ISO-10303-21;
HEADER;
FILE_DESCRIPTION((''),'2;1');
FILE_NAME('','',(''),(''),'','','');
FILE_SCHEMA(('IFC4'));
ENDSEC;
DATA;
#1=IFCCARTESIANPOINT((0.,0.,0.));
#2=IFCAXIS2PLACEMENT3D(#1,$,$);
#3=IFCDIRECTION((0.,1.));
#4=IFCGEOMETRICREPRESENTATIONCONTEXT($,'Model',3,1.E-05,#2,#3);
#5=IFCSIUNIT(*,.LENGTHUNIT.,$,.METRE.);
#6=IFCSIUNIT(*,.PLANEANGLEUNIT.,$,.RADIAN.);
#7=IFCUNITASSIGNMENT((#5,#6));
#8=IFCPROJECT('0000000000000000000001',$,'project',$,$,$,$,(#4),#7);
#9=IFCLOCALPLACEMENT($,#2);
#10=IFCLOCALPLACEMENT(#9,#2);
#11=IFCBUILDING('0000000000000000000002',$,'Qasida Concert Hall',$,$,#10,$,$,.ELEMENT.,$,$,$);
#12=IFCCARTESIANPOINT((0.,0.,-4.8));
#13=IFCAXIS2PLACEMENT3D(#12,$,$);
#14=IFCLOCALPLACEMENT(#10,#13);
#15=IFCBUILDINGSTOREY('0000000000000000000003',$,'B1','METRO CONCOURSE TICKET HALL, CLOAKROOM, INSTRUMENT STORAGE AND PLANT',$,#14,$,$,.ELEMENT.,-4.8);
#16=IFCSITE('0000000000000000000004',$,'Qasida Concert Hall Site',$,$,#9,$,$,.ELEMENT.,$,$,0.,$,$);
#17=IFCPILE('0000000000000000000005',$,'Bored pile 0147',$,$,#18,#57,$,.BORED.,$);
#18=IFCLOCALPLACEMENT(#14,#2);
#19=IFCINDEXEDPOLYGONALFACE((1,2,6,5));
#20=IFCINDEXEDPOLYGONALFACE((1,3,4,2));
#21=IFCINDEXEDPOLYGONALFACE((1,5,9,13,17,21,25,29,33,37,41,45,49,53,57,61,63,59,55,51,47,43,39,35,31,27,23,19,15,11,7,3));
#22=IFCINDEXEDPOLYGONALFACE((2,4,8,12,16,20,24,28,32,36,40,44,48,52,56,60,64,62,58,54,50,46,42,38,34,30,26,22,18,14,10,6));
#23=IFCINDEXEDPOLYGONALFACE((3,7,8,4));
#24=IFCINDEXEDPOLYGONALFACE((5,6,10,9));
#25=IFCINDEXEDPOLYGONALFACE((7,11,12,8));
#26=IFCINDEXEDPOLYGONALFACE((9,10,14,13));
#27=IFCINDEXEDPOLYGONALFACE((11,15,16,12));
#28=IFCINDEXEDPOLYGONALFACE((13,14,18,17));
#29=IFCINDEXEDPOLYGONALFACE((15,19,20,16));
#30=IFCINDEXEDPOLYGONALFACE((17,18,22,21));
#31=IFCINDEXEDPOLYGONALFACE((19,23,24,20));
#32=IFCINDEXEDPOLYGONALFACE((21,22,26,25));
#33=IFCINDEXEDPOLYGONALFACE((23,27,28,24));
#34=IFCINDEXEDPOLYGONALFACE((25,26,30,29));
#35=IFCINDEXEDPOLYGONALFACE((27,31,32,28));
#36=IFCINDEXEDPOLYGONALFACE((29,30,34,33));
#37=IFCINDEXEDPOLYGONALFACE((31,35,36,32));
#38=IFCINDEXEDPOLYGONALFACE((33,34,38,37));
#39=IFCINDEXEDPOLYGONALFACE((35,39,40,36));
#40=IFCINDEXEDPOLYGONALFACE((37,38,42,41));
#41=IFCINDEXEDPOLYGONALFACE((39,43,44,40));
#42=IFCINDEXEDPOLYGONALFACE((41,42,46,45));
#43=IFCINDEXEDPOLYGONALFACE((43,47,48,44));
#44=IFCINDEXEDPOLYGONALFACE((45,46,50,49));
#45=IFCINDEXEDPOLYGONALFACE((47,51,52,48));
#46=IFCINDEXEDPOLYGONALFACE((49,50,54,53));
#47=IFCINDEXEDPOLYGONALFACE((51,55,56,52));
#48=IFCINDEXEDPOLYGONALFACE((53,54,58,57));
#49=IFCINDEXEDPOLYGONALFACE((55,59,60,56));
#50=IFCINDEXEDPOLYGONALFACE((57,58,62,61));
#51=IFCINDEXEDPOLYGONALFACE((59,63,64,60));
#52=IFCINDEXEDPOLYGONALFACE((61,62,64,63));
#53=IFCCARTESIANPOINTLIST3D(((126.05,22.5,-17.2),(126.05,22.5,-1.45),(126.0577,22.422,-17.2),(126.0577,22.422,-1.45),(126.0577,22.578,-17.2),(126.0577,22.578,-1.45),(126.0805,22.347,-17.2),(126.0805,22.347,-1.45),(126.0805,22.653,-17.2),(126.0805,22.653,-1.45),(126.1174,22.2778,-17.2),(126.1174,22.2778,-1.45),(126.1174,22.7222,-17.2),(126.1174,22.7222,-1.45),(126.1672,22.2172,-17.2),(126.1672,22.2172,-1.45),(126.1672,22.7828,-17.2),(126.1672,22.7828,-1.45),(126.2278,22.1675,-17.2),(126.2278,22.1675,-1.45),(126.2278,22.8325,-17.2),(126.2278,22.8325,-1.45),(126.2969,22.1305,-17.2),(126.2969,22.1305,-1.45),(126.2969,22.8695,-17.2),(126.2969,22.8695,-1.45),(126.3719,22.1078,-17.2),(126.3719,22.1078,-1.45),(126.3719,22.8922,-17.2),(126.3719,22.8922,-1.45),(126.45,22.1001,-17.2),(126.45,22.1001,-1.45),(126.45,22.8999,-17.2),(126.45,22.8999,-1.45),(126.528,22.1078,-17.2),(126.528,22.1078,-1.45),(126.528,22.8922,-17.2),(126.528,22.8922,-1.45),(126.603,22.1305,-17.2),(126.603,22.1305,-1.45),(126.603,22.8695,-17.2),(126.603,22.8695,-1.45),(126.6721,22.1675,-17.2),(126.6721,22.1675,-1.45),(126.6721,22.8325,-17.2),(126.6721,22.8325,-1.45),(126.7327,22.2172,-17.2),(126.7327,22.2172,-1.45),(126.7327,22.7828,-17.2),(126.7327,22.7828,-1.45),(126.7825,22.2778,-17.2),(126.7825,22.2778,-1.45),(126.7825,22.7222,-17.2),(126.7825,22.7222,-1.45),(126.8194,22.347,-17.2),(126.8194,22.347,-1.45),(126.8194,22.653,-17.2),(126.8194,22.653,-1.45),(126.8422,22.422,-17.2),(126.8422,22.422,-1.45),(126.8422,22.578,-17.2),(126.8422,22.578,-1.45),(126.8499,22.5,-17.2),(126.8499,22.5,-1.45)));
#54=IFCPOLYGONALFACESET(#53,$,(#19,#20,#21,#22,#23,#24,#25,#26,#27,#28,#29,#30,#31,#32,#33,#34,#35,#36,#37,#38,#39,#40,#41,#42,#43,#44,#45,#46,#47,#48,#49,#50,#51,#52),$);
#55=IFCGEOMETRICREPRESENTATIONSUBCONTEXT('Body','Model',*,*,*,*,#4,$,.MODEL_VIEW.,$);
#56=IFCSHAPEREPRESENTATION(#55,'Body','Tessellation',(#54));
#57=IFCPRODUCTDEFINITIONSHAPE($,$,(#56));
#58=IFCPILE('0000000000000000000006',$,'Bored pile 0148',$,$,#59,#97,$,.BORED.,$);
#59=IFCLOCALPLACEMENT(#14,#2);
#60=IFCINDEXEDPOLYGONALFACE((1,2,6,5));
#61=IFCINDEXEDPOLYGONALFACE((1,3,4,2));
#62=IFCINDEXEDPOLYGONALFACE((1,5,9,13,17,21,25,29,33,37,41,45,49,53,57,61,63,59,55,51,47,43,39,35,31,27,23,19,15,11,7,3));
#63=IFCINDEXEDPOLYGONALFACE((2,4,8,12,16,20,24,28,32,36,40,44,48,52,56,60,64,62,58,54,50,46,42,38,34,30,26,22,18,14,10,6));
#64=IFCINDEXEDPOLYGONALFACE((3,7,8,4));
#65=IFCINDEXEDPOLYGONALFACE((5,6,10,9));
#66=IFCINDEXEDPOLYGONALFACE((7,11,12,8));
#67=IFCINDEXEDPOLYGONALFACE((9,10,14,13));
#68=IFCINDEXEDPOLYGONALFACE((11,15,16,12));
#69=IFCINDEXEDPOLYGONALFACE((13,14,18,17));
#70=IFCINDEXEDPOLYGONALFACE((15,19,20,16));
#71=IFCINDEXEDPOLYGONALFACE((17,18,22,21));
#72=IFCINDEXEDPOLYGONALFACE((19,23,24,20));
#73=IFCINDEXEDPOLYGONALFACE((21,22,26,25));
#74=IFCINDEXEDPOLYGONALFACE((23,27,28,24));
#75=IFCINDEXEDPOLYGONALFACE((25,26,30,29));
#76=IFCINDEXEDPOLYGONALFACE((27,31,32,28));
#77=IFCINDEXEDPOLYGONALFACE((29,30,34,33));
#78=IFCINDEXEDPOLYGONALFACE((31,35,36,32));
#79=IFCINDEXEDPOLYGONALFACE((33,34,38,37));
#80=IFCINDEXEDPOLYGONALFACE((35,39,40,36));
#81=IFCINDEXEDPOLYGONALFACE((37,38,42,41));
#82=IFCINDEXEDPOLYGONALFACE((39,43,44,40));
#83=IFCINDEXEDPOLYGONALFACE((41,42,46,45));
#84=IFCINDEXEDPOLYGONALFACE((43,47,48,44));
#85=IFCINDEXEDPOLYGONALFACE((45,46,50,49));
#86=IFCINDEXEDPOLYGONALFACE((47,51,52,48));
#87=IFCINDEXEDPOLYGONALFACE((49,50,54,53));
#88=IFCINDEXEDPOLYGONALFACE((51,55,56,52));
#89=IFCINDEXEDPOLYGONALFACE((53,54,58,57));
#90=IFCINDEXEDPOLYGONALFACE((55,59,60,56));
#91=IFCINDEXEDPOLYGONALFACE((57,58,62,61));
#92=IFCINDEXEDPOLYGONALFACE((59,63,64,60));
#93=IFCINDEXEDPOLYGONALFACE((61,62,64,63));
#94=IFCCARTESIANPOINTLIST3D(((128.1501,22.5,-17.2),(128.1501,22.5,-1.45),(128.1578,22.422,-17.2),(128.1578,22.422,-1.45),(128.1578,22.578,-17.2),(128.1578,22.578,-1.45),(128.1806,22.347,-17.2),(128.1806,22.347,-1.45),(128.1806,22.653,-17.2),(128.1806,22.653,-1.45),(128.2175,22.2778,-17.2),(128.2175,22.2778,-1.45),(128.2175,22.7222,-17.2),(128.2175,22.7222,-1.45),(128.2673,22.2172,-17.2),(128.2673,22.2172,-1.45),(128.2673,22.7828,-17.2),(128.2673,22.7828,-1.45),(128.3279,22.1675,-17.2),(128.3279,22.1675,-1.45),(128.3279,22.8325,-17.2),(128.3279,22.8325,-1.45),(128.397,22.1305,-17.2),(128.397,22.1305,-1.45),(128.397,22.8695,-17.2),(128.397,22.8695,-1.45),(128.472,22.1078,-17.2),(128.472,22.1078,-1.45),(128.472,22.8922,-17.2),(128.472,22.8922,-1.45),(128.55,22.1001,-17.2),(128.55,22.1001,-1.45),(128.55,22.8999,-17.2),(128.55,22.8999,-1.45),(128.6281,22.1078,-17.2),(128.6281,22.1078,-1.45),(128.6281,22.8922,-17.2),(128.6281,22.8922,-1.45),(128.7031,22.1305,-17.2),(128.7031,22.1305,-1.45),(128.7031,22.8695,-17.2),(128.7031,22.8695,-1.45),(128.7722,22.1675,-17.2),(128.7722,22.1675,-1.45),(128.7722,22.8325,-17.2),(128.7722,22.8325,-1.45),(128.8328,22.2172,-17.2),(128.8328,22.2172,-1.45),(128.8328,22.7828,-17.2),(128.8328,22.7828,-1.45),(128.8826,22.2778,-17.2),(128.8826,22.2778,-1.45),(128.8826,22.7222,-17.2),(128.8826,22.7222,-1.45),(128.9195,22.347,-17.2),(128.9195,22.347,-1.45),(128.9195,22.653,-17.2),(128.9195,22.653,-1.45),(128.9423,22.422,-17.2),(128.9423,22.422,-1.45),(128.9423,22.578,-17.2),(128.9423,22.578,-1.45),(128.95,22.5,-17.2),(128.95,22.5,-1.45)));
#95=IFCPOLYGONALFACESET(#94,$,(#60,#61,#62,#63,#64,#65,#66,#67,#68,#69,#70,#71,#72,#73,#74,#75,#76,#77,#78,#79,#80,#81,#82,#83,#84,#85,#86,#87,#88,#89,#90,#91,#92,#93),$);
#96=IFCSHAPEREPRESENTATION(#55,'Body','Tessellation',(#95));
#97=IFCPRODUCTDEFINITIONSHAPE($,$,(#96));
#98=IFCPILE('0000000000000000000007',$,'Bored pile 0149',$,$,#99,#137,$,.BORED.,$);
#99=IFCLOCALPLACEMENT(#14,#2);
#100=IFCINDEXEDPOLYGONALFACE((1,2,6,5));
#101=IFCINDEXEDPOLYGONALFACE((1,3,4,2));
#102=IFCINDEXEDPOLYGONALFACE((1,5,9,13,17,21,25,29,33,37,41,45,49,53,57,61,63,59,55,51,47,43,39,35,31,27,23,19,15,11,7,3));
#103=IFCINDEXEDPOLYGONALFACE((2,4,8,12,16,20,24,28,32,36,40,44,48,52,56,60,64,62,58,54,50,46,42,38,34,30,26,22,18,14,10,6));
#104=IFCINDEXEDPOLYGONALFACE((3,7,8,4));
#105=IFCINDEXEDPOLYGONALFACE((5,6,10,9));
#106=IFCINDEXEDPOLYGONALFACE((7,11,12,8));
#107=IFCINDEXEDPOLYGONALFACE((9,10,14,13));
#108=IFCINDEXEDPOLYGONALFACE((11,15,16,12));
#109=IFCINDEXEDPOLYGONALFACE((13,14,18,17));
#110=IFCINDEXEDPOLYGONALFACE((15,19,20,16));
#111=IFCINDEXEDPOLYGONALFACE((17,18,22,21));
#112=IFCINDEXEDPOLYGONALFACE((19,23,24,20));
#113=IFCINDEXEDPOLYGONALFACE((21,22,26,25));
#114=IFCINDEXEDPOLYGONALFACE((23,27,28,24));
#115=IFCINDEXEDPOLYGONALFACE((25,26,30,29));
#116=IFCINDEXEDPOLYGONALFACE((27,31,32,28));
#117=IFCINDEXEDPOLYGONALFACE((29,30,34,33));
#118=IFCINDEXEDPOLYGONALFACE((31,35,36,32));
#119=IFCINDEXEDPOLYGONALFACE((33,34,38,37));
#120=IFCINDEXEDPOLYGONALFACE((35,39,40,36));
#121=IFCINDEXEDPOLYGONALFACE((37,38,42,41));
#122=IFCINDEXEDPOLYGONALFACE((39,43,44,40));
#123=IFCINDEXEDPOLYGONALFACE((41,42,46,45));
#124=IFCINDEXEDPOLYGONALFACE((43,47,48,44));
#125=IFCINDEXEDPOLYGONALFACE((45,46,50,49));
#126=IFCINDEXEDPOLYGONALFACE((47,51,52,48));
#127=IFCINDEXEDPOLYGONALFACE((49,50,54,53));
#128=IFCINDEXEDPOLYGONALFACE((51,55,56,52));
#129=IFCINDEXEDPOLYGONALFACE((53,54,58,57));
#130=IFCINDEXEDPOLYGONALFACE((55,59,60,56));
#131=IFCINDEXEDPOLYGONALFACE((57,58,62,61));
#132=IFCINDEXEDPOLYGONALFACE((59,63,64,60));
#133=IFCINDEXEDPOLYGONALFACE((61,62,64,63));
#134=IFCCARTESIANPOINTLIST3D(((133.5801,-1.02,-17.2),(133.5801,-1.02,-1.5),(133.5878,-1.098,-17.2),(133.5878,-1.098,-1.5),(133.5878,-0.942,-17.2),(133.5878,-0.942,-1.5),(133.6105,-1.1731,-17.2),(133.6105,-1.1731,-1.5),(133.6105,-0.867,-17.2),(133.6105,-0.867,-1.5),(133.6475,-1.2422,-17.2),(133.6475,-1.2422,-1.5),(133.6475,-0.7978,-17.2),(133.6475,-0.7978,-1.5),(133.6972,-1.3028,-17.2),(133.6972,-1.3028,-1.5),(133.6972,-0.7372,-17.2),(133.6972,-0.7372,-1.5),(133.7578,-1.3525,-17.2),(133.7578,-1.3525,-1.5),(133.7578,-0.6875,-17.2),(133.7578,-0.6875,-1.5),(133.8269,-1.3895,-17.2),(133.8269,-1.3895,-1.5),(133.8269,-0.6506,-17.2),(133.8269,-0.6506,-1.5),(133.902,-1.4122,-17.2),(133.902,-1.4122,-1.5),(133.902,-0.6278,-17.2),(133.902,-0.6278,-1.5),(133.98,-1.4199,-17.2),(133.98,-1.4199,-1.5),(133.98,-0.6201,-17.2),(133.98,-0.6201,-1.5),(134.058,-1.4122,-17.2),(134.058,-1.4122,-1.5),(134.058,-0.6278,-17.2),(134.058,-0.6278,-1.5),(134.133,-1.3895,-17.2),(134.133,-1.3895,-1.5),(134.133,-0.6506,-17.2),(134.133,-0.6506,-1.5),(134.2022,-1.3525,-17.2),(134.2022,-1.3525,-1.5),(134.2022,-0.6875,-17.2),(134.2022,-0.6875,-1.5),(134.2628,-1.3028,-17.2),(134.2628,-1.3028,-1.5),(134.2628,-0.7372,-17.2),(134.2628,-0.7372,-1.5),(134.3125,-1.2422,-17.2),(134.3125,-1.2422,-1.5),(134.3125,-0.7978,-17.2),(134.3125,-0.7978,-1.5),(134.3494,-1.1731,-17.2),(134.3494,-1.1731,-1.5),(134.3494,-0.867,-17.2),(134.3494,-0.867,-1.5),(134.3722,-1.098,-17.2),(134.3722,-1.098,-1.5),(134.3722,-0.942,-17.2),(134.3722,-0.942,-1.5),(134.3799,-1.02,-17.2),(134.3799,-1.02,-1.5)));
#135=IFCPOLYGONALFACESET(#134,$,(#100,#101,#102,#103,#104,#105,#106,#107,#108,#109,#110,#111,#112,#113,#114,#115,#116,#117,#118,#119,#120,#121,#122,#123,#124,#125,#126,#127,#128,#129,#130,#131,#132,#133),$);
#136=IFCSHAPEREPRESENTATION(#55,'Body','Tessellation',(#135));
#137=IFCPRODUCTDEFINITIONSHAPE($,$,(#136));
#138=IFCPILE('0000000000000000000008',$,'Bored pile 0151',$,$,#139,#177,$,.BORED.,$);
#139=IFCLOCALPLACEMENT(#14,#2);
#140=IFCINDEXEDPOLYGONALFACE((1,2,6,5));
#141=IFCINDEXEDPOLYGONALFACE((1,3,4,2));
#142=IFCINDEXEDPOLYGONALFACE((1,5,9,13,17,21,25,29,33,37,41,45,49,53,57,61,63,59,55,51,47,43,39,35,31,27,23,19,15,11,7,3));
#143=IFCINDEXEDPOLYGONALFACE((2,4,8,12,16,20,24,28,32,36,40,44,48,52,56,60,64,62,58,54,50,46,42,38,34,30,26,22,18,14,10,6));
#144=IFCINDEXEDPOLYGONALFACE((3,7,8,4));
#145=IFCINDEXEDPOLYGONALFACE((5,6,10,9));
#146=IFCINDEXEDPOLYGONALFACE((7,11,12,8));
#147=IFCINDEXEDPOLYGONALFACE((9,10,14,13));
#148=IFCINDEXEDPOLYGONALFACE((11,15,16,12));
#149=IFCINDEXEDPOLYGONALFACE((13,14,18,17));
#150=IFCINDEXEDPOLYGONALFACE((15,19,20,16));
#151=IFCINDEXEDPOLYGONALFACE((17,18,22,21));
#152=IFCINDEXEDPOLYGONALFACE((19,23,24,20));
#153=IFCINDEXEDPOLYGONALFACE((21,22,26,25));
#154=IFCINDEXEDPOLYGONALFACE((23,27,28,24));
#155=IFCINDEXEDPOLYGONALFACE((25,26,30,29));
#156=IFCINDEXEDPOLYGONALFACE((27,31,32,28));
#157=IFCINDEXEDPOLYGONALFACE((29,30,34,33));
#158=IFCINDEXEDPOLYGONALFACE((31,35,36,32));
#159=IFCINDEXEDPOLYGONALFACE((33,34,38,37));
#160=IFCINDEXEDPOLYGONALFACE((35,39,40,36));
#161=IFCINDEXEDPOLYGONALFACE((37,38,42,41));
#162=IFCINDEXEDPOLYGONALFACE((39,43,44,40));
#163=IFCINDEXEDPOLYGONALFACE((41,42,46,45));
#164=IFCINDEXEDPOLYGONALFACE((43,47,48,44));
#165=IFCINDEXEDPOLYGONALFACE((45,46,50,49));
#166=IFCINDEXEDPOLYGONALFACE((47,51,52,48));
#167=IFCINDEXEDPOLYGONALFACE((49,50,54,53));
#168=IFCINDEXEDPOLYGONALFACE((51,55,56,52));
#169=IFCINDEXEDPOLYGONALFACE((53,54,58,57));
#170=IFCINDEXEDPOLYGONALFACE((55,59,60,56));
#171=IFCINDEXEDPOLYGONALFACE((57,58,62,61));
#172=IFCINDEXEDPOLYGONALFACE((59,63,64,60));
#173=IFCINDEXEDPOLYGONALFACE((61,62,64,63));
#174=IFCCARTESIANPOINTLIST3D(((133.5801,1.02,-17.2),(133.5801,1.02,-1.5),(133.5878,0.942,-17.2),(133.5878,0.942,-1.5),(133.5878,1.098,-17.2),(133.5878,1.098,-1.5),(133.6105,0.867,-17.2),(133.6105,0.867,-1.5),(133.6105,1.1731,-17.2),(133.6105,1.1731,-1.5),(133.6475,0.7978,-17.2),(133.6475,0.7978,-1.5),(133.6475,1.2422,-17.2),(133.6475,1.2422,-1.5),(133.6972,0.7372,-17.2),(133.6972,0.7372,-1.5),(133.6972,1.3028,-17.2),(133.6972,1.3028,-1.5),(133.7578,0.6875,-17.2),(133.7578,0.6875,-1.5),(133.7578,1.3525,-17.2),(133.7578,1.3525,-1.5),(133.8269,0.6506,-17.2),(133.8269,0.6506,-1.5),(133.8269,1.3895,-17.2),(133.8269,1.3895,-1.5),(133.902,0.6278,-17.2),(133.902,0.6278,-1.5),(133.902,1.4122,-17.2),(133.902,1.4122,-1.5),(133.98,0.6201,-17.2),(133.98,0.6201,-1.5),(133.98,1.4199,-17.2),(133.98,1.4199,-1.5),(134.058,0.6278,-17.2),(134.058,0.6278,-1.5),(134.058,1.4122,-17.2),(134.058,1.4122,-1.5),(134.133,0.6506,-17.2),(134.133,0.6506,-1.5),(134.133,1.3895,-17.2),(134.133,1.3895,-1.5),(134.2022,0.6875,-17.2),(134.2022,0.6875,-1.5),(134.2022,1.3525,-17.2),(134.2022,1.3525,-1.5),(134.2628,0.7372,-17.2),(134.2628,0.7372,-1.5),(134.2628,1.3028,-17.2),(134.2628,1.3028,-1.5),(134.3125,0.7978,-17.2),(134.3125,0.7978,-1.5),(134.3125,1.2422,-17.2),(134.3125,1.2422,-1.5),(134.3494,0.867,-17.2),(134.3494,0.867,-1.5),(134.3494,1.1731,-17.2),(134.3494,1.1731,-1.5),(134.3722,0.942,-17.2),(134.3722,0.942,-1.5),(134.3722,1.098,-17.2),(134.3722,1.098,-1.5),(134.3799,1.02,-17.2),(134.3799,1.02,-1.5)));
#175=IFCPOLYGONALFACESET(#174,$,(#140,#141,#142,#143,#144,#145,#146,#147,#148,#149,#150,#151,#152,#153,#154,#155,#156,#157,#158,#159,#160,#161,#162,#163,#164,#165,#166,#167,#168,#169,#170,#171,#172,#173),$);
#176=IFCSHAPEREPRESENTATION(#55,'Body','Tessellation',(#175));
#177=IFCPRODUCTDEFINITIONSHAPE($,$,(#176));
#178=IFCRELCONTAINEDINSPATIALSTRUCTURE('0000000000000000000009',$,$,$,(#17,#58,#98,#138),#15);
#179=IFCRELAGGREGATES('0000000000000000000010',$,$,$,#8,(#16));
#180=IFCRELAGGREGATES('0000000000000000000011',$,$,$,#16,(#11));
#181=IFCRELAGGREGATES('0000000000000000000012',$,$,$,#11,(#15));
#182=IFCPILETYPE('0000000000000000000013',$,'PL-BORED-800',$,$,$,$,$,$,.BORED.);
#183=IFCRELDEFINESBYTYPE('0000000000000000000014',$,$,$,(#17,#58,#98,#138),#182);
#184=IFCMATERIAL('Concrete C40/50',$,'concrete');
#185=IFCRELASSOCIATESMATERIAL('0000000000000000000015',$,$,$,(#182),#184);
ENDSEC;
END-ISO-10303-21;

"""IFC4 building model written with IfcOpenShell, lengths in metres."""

from ifc_helpers import new_model, si_unit, direction, frame, origin, origin_2d, place, context, subcontext, project, spatial, circle, extrude, material, material_profile, profile_set, type_object, element, save


model = new_model("IFC4")

# Units and contexts
model_context = context("Model", 3, precision=1e-05, world=origin(), true_north=direction((0.0, 1.0)))
body_context = subcontext(model_context, "Body", "Model", "MODEL_VIEW")
ifc_project = project(units=[si_unit("LENGTHUNIT", "METRE"), si_unit("PLANEANGLEUNIT", "RADIAN")], contexts=[model_context])

# Site, building, storey
site_placement = place(None, origin())
site = spatial("IfcSite", under=ifc_project, at=site_placement, Name="Qasida Concert Hall Site", CompositionType="ELEMENT", RefElevation=0.0)
building_placement = place(site_placement, origin())
building = spatial("IfcBuilding", under=site, at=building_placement, Name="Qasida Concert Hall", CompositionType="ELEMENT")
storey_placement = place(building_placement, frame((0.0, 0.0, -4.8)))
storey = spatial("IfcBuildingStorey", under=building, at=storey_placement, Name="B1", Description="METRO CONCOURSE TICKET HALL, CLOAKROOM, INSTRUMENT STORAGE AND PLANT", CompositionType="ELEMENT", Elevation=-4.8)

# Shared definitions
ifc_material_1 = material(Name="Concrete C40/50", Category="concrete")

# Piles
ifc_material_profile_1 = material_profile(ifc_material_1, circle(Radius=0.3999, at=origin_2d()), Name="BORED PILE D800")
ifc_profile_set_1 = profile_set([ifc_material_profile_1], Name="Concrete C40/50")
pile_type_1 = type_object("IfcPileType", Name="PL-BORED-800", PredefinedType="BORED", material=ifc_profile_set_1)
for number, where, z_axis, x_axis, name in (
    (1, (126.45, 22.5, -1.45), (0.0, 0.0, -1.0), (1.0, 0.0, 0.0), "Bored pile 0147"),
    (2, (128.55, 22.5, -1.45), (0.0, 0.0, -1.0), (1.0, 0.0, 0.0), "Bored pile 0148"),
):
    element("IfcPile", number, at=place(storey_placement, frame(where, z_axis=z_axis, x_axis=x_axis)), inside=storey, type_object=pile_type_1, Name=name, PredefinedType="BORED", context=body_context, shape_type="SweptSolid", body=[
        extrude(circle(Radius=0.3999, at=origin_2d()), origin(), (0.0, 0.0, 1.0), 15.75),
    ])
for number, where, z_axis, x_axis, name in (
    (3, (133.98, -1.02, -1.5), (0.0, 0.0, -1.0), (1.0, 0.0, 0.0), "Bored pile 0149"),
    (4, (133.98, 1.02, -1.5), (0.0, 0.0, -1.0), (1.0, 0.0, 0.0), "Bored pile 0151"),
):
    element("IfcPile", number, at=place(storey_placement, frame(where, z_axis=z_axis, x_axis=x_axis)), inside=storey, type_object=pile_type_1, Name=name, PredefinedType="BORED", context=body_context, shape_type="SweptSolid", body=[
        extrude(circle(Radius=0.3999, at=origin_2d()), origin(), (0.0, 0.0, 1.0), 15.7),
    ])

save(model, "model.ifc")
